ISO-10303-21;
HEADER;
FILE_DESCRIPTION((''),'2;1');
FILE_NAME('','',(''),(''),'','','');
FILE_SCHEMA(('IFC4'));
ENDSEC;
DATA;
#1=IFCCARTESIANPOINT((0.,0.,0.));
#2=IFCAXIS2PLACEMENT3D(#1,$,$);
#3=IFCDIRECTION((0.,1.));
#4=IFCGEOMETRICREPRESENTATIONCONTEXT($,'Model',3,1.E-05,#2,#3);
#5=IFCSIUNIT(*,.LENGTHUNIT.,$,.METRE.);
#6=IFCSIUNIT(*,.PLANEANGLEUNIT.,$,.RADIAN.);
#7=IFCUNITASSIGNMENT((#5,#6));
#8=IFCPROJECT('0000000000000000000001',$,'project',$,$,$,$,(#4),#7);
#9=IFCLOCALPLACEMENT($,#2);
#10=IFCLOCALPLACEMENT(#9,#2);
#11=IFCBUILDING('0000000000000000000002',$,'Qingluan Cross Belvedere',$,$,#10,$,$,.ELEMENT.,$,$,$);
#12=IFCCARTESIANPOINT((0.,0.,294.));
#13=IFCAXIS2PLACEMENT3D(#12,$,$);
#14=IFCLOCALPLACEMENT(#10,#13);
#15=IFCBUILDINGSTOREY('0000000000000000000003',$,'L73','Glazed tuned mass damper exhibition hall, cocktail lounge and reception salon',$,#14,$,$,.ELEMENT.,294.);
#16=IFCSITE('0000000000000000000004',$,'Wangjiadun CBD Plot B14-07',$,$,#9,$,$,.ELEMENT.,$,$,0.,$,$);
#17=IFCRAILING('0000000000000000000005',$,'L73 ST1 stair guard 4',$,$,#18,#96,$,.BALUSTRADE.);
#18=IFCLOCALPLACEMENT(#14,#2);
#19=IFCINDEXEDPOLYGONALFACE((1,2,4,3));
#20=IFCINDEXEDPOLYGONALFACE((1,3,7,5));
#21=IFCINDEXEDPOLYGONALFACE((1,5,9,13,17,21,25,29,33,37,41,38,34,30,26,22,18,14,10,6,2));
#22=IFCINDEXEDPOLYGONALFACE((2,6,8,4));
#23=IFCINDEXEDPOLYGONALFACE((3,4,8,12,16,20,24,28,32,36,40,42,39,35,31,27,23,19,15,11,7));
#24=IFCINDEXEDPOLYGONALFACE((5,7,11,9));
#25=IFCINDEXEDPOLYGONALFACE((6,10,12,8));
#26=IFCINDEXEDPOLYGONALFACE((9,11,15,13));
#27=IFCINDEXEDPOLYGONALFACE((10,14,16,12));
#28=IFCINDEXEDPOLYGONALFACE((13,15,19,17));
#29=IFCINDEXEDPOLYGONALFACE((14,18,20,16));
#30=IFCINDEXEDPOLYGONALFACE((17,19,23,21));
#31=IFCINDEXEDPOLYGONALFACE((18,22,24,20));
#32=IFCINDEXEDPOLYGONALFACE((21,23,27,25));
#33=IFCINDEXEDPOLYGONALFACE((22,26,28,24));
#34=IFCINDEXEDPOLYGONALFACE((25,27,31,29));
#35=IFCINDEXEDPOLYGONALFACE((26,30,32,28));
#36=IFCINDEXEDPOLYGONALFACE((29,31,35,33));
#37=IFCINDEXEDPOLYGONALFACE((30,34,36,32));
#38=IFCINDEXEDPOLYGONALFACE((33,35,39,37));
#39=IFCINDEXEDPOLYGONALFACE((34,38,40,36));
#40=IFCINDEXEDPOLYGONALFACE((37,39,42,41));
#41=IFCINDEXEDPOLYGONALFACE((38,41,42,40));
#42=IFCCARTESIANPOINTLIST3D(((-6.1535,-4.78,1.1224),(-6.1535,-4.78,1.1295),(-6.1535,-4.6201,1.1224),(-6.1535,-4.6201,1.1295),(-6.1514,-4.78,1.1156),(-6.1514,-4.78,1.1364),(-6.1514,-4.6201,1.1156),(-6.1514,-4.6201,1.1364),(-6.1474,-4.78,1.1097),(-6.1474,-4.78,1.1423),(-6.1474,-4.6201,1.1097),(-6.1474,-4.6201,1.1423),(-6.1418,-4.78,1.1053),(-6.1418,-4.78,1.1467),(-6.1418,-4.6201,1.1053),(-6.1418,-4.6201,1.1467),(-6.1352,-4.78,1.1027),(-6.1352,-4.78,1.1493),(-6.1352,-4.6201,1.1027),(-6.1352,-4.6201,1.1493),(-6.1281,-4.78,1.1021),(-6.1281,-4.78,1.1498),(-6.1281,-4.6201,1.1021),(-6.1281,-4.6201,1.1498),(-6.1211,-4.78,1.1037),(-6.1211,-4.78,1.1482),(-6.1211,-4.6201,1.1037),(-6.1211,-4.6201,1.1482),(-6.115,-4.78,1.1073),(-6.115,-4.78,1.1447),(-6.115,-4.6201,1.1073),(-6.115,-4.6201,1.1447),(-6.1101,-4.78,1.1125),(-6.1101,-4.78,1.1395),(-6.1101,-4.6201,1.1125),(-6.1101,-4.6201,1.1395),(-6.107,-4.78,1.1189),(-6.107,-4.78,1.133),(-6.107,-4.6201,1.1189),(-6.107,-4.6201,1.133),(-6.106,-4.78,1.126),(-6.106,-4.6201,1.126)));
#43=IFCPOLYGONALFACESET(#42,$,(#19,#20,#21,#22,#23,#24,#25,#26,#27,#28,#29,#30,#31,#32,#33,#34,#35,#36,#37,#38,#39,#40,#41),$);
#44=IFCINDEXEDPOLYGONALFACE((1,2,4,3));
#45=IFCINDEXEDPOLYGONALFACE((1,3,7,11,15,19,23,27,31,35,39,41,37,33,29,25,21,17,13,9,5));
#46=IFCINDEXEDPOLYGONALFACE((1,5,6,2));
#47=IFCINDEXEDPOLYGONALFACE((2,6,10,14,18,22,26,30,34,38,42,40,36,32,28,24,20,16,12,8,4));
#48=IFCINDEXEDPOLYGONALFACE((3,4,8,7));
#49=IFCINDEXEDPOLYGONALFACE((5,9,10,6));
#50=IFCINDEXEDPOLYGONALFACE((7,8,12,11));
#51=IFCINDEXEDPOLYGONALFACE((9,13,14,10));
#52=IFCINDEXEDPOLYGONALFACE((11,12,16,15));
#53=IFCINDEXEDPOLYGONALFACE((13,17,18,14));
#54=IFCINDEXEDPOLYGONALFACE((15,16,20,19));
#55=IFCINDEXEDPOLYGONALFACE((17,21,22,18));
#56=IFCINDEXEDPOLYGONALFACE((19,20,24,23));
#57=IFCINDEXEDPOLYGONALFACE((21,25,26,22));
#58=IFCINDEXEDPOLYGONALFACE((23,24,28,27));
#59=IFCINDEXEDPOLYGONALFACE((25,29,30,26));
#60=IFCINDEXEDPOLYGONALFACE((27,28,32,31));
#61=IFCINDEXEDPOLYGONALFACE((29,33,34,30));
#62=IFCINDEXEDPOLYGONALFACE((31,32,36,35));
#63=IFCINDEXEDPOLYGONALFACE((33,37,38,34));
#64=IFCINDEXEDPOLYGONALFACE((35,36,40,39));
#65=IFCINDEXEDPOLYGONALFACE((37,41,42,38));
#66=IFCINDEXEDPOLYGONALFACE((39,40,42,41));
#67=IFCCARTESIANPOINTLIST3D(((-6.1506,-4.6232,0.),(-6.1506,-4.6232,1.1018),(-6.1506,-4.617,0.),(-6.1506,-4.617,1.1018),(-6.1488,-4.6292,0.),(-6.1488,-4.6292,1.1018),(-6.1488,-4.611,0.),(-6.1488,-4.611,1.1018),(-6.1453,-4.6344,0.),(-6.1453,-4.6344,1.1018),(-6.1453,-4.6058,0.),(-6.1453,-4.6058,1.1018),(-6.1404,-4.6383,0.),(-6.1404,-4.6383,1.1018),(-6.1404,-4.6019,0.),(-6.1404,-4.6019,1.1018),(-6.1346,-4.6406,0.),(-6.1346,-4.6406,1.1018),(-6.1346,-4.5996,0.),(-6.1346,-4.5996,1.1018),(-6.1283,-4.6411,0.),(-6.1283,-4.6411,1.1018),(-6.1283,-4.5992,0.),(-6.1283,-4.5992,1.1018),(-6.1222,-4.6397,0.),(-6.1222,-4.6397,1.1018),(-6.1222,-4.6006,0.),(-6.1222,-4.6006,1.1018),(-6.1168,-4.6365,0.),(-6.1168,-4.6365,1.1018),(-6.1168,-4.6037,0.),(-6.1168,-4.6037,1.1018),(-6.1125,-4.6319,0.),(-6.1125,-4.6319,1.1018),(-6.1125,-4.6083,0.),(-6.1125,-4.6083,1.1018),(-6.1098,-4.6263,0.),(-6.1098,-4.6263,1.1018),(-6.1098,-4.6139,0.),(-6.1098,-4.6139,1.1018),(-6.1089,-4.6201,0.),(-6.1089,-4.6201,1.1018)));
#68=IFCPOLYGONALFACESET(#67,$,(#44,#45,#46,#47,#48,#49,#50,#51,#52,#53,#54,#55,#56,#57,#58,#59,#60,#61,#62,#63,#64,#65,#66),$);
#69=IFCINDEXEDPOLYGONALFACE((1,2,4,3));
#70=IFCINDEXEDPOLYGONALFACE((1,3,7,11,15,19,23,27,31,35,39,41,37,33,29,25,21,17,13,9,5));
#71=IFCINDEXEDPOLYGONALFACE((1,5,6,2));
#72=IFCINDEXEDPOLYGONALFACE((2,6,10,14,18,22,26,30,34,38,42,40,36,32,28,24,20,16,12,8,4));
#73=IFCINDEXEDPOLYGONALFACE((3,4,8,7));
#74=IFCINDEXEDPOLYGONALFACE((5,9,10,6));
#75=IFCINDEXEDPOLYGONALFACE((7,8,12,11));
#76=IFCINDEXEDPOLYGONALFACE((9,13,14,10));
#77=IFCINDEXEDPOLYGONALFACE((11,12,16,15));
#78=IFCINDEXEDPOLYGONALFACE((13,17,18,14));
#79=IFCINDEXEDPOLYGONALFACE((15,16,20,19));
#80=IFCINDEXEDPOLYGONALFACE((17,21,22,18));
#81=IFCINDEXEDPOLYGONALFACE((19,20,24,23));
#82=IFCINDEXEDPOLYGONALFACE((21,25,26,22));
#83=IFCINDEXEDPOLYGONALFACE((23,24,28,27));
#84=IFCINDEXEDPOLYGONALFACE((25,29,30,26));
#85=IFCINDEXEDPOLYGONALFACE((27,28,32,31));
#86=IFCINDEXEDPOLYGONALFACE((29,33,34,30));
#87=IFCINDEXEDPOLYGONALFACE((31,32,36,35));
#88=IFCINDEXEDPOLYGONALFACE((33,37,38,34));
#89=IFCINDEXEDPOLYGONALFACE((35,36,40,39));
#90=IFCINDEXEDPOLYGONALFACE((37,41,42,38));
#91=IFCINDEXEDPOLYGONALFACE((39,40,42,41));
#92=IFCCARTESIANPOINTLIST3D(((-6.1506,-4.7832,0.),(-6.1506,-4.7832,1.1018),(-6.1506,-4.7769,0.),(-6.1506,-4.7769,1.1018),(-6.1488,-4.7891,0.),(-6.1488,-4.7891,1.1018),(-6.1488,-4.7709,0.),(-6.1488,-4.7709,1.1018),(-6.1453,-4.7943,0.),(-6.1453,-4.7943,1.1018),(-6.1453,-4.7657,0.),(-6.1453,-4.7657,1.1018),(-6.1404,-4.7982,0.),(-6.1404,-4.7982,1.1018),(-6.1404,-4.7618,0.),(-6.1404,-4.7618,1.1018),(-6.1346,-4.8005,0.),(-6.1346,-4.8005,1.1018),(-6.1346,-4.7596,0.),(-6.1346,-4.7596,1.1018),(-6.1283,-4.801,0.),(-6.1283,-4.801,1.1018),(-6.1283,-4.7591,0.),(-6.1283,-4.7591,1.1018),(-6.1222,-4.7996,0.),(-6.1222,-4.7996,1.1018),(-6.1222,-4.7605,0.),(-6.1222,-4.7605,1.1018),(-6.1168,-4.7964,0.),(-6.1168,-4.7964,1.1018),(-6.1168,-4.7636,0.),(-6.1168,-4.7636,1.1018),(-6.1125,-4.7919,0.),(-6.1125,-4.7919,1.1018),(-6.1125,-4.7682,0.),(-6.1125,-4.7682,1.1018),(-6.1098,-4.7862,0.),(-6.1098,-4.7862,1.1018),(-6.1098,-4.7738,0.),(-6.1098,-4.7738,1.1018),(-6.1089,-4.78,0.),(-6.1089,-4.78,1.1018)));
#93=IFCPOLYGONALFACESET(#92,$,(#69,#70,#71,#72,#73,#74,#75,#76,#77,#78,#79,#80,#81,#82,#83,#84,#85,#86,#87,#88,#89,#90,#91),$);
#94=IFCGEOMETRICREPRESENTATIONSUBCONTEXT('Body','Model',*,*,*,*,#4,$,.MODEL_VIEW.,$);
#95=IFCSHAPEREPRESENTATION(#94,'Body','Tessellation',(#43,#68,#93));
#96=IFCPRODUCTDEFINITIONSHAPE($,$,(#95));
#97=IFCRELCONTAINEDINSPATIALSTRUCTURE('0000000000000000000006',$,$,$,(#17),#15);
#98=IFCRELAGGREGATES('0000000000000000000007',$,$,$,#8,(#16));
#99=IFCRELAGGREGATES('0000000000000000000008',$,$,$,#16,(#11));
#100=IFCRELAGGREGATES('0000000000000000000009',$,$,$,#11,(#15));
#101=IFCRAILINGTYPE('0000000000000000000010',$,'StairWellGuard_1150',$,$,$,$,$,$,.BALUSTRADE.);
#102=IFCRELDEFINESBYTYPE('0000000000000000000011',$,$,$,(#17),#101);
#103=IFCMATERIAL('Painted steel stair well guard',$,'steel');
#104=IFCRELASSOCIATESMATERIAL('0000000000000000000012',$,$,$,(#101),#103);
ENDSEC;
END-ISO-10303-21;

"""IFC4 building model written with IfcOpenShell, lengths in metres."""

from ifc_helpers import new_model, si_unit, direction, frame, origin, origin_2d, place, context, subcontext, project, spatial, circle, extrude, material, type_object, element, save


model = new_model("IFC4")

# Units and contexts
model_context = context("Model", 3, precision=1e-05, world=origin(), true_north=direction((0.0, 1.0)))
body_context = subcontext(model_context, "Body", "Model", "MODEL_VIEW")
ifc_project = project(units=[si_unit("LENGTHUNIT", "METRE"), si_unit("PLANEANGLEUNIT", "RADIAN")], contexts=[model_context])

# Site, building, storey
site_placement = place(None, origin())
site = spatial("IfcSite", under=ifc_project, at=site_placement, Name="Wangjiadun CBD Plot B14-07", CompositionType="ELEMENT", RefElevation=0.0)
building_placement = place(site_placement, origin())
building = spatial("IfcBuilding", under=site, at=building_placement, Name="Qingluan Cross Belvedere", CompositionType="ELEMENT")
storey_placement = place(building_placement, frame((0.0, 0.0, 294.0)))
storey = spatial("IfcBuildingStorey", under=building, at=storey_placement, Name="L73", Description="Glazed tuned mass damper exhibition hall, cocktail lounge and reception salon", CompositionType="ELEMENT", Elevation=294.0)

# Railing
ifc_material_1 = material(Name="Painted steel stair well guard", Category="steel")
railing_type_1 = type_object("IfcRailingType", Name="StairWellGuard_1150", PredefinedType="BALUSTRADE", material=ifc_material_1)
railing_1_placement = place(storey_placement, frame((-6.1299, -4.6201, 0.0)))
element("IfcRailing", 1, at=railing_1_placement, inside=storey, type_object=railing_type_1, Name="L73 ST1 stair guard 4", PredefinedType="BALUSTRADE", context=body_context, shape_type="SweptSolid", body=[
    extrude(circle(Radius=0.0239, at=origin_2d()), frame((0.0, 0.0, 1.126), z_axis=(0.0, -1.0, 0.0), x_axis=(1.0, 0.0, 0.0)), (0.0, 0.0, 1.0), 0.1599),
    extrude(circle(Radius=0.021, at=origin_2d()), origin(), (0.0, 0.0, 1.0), 1.1018),
    extrude(circle(Radius=0.021, at=origin_2d()), frame((0.0, -0.1599, 0.0)), (0.0, 0.0, 1.0), 1.1018),
])

save(model, "model.ifc")
